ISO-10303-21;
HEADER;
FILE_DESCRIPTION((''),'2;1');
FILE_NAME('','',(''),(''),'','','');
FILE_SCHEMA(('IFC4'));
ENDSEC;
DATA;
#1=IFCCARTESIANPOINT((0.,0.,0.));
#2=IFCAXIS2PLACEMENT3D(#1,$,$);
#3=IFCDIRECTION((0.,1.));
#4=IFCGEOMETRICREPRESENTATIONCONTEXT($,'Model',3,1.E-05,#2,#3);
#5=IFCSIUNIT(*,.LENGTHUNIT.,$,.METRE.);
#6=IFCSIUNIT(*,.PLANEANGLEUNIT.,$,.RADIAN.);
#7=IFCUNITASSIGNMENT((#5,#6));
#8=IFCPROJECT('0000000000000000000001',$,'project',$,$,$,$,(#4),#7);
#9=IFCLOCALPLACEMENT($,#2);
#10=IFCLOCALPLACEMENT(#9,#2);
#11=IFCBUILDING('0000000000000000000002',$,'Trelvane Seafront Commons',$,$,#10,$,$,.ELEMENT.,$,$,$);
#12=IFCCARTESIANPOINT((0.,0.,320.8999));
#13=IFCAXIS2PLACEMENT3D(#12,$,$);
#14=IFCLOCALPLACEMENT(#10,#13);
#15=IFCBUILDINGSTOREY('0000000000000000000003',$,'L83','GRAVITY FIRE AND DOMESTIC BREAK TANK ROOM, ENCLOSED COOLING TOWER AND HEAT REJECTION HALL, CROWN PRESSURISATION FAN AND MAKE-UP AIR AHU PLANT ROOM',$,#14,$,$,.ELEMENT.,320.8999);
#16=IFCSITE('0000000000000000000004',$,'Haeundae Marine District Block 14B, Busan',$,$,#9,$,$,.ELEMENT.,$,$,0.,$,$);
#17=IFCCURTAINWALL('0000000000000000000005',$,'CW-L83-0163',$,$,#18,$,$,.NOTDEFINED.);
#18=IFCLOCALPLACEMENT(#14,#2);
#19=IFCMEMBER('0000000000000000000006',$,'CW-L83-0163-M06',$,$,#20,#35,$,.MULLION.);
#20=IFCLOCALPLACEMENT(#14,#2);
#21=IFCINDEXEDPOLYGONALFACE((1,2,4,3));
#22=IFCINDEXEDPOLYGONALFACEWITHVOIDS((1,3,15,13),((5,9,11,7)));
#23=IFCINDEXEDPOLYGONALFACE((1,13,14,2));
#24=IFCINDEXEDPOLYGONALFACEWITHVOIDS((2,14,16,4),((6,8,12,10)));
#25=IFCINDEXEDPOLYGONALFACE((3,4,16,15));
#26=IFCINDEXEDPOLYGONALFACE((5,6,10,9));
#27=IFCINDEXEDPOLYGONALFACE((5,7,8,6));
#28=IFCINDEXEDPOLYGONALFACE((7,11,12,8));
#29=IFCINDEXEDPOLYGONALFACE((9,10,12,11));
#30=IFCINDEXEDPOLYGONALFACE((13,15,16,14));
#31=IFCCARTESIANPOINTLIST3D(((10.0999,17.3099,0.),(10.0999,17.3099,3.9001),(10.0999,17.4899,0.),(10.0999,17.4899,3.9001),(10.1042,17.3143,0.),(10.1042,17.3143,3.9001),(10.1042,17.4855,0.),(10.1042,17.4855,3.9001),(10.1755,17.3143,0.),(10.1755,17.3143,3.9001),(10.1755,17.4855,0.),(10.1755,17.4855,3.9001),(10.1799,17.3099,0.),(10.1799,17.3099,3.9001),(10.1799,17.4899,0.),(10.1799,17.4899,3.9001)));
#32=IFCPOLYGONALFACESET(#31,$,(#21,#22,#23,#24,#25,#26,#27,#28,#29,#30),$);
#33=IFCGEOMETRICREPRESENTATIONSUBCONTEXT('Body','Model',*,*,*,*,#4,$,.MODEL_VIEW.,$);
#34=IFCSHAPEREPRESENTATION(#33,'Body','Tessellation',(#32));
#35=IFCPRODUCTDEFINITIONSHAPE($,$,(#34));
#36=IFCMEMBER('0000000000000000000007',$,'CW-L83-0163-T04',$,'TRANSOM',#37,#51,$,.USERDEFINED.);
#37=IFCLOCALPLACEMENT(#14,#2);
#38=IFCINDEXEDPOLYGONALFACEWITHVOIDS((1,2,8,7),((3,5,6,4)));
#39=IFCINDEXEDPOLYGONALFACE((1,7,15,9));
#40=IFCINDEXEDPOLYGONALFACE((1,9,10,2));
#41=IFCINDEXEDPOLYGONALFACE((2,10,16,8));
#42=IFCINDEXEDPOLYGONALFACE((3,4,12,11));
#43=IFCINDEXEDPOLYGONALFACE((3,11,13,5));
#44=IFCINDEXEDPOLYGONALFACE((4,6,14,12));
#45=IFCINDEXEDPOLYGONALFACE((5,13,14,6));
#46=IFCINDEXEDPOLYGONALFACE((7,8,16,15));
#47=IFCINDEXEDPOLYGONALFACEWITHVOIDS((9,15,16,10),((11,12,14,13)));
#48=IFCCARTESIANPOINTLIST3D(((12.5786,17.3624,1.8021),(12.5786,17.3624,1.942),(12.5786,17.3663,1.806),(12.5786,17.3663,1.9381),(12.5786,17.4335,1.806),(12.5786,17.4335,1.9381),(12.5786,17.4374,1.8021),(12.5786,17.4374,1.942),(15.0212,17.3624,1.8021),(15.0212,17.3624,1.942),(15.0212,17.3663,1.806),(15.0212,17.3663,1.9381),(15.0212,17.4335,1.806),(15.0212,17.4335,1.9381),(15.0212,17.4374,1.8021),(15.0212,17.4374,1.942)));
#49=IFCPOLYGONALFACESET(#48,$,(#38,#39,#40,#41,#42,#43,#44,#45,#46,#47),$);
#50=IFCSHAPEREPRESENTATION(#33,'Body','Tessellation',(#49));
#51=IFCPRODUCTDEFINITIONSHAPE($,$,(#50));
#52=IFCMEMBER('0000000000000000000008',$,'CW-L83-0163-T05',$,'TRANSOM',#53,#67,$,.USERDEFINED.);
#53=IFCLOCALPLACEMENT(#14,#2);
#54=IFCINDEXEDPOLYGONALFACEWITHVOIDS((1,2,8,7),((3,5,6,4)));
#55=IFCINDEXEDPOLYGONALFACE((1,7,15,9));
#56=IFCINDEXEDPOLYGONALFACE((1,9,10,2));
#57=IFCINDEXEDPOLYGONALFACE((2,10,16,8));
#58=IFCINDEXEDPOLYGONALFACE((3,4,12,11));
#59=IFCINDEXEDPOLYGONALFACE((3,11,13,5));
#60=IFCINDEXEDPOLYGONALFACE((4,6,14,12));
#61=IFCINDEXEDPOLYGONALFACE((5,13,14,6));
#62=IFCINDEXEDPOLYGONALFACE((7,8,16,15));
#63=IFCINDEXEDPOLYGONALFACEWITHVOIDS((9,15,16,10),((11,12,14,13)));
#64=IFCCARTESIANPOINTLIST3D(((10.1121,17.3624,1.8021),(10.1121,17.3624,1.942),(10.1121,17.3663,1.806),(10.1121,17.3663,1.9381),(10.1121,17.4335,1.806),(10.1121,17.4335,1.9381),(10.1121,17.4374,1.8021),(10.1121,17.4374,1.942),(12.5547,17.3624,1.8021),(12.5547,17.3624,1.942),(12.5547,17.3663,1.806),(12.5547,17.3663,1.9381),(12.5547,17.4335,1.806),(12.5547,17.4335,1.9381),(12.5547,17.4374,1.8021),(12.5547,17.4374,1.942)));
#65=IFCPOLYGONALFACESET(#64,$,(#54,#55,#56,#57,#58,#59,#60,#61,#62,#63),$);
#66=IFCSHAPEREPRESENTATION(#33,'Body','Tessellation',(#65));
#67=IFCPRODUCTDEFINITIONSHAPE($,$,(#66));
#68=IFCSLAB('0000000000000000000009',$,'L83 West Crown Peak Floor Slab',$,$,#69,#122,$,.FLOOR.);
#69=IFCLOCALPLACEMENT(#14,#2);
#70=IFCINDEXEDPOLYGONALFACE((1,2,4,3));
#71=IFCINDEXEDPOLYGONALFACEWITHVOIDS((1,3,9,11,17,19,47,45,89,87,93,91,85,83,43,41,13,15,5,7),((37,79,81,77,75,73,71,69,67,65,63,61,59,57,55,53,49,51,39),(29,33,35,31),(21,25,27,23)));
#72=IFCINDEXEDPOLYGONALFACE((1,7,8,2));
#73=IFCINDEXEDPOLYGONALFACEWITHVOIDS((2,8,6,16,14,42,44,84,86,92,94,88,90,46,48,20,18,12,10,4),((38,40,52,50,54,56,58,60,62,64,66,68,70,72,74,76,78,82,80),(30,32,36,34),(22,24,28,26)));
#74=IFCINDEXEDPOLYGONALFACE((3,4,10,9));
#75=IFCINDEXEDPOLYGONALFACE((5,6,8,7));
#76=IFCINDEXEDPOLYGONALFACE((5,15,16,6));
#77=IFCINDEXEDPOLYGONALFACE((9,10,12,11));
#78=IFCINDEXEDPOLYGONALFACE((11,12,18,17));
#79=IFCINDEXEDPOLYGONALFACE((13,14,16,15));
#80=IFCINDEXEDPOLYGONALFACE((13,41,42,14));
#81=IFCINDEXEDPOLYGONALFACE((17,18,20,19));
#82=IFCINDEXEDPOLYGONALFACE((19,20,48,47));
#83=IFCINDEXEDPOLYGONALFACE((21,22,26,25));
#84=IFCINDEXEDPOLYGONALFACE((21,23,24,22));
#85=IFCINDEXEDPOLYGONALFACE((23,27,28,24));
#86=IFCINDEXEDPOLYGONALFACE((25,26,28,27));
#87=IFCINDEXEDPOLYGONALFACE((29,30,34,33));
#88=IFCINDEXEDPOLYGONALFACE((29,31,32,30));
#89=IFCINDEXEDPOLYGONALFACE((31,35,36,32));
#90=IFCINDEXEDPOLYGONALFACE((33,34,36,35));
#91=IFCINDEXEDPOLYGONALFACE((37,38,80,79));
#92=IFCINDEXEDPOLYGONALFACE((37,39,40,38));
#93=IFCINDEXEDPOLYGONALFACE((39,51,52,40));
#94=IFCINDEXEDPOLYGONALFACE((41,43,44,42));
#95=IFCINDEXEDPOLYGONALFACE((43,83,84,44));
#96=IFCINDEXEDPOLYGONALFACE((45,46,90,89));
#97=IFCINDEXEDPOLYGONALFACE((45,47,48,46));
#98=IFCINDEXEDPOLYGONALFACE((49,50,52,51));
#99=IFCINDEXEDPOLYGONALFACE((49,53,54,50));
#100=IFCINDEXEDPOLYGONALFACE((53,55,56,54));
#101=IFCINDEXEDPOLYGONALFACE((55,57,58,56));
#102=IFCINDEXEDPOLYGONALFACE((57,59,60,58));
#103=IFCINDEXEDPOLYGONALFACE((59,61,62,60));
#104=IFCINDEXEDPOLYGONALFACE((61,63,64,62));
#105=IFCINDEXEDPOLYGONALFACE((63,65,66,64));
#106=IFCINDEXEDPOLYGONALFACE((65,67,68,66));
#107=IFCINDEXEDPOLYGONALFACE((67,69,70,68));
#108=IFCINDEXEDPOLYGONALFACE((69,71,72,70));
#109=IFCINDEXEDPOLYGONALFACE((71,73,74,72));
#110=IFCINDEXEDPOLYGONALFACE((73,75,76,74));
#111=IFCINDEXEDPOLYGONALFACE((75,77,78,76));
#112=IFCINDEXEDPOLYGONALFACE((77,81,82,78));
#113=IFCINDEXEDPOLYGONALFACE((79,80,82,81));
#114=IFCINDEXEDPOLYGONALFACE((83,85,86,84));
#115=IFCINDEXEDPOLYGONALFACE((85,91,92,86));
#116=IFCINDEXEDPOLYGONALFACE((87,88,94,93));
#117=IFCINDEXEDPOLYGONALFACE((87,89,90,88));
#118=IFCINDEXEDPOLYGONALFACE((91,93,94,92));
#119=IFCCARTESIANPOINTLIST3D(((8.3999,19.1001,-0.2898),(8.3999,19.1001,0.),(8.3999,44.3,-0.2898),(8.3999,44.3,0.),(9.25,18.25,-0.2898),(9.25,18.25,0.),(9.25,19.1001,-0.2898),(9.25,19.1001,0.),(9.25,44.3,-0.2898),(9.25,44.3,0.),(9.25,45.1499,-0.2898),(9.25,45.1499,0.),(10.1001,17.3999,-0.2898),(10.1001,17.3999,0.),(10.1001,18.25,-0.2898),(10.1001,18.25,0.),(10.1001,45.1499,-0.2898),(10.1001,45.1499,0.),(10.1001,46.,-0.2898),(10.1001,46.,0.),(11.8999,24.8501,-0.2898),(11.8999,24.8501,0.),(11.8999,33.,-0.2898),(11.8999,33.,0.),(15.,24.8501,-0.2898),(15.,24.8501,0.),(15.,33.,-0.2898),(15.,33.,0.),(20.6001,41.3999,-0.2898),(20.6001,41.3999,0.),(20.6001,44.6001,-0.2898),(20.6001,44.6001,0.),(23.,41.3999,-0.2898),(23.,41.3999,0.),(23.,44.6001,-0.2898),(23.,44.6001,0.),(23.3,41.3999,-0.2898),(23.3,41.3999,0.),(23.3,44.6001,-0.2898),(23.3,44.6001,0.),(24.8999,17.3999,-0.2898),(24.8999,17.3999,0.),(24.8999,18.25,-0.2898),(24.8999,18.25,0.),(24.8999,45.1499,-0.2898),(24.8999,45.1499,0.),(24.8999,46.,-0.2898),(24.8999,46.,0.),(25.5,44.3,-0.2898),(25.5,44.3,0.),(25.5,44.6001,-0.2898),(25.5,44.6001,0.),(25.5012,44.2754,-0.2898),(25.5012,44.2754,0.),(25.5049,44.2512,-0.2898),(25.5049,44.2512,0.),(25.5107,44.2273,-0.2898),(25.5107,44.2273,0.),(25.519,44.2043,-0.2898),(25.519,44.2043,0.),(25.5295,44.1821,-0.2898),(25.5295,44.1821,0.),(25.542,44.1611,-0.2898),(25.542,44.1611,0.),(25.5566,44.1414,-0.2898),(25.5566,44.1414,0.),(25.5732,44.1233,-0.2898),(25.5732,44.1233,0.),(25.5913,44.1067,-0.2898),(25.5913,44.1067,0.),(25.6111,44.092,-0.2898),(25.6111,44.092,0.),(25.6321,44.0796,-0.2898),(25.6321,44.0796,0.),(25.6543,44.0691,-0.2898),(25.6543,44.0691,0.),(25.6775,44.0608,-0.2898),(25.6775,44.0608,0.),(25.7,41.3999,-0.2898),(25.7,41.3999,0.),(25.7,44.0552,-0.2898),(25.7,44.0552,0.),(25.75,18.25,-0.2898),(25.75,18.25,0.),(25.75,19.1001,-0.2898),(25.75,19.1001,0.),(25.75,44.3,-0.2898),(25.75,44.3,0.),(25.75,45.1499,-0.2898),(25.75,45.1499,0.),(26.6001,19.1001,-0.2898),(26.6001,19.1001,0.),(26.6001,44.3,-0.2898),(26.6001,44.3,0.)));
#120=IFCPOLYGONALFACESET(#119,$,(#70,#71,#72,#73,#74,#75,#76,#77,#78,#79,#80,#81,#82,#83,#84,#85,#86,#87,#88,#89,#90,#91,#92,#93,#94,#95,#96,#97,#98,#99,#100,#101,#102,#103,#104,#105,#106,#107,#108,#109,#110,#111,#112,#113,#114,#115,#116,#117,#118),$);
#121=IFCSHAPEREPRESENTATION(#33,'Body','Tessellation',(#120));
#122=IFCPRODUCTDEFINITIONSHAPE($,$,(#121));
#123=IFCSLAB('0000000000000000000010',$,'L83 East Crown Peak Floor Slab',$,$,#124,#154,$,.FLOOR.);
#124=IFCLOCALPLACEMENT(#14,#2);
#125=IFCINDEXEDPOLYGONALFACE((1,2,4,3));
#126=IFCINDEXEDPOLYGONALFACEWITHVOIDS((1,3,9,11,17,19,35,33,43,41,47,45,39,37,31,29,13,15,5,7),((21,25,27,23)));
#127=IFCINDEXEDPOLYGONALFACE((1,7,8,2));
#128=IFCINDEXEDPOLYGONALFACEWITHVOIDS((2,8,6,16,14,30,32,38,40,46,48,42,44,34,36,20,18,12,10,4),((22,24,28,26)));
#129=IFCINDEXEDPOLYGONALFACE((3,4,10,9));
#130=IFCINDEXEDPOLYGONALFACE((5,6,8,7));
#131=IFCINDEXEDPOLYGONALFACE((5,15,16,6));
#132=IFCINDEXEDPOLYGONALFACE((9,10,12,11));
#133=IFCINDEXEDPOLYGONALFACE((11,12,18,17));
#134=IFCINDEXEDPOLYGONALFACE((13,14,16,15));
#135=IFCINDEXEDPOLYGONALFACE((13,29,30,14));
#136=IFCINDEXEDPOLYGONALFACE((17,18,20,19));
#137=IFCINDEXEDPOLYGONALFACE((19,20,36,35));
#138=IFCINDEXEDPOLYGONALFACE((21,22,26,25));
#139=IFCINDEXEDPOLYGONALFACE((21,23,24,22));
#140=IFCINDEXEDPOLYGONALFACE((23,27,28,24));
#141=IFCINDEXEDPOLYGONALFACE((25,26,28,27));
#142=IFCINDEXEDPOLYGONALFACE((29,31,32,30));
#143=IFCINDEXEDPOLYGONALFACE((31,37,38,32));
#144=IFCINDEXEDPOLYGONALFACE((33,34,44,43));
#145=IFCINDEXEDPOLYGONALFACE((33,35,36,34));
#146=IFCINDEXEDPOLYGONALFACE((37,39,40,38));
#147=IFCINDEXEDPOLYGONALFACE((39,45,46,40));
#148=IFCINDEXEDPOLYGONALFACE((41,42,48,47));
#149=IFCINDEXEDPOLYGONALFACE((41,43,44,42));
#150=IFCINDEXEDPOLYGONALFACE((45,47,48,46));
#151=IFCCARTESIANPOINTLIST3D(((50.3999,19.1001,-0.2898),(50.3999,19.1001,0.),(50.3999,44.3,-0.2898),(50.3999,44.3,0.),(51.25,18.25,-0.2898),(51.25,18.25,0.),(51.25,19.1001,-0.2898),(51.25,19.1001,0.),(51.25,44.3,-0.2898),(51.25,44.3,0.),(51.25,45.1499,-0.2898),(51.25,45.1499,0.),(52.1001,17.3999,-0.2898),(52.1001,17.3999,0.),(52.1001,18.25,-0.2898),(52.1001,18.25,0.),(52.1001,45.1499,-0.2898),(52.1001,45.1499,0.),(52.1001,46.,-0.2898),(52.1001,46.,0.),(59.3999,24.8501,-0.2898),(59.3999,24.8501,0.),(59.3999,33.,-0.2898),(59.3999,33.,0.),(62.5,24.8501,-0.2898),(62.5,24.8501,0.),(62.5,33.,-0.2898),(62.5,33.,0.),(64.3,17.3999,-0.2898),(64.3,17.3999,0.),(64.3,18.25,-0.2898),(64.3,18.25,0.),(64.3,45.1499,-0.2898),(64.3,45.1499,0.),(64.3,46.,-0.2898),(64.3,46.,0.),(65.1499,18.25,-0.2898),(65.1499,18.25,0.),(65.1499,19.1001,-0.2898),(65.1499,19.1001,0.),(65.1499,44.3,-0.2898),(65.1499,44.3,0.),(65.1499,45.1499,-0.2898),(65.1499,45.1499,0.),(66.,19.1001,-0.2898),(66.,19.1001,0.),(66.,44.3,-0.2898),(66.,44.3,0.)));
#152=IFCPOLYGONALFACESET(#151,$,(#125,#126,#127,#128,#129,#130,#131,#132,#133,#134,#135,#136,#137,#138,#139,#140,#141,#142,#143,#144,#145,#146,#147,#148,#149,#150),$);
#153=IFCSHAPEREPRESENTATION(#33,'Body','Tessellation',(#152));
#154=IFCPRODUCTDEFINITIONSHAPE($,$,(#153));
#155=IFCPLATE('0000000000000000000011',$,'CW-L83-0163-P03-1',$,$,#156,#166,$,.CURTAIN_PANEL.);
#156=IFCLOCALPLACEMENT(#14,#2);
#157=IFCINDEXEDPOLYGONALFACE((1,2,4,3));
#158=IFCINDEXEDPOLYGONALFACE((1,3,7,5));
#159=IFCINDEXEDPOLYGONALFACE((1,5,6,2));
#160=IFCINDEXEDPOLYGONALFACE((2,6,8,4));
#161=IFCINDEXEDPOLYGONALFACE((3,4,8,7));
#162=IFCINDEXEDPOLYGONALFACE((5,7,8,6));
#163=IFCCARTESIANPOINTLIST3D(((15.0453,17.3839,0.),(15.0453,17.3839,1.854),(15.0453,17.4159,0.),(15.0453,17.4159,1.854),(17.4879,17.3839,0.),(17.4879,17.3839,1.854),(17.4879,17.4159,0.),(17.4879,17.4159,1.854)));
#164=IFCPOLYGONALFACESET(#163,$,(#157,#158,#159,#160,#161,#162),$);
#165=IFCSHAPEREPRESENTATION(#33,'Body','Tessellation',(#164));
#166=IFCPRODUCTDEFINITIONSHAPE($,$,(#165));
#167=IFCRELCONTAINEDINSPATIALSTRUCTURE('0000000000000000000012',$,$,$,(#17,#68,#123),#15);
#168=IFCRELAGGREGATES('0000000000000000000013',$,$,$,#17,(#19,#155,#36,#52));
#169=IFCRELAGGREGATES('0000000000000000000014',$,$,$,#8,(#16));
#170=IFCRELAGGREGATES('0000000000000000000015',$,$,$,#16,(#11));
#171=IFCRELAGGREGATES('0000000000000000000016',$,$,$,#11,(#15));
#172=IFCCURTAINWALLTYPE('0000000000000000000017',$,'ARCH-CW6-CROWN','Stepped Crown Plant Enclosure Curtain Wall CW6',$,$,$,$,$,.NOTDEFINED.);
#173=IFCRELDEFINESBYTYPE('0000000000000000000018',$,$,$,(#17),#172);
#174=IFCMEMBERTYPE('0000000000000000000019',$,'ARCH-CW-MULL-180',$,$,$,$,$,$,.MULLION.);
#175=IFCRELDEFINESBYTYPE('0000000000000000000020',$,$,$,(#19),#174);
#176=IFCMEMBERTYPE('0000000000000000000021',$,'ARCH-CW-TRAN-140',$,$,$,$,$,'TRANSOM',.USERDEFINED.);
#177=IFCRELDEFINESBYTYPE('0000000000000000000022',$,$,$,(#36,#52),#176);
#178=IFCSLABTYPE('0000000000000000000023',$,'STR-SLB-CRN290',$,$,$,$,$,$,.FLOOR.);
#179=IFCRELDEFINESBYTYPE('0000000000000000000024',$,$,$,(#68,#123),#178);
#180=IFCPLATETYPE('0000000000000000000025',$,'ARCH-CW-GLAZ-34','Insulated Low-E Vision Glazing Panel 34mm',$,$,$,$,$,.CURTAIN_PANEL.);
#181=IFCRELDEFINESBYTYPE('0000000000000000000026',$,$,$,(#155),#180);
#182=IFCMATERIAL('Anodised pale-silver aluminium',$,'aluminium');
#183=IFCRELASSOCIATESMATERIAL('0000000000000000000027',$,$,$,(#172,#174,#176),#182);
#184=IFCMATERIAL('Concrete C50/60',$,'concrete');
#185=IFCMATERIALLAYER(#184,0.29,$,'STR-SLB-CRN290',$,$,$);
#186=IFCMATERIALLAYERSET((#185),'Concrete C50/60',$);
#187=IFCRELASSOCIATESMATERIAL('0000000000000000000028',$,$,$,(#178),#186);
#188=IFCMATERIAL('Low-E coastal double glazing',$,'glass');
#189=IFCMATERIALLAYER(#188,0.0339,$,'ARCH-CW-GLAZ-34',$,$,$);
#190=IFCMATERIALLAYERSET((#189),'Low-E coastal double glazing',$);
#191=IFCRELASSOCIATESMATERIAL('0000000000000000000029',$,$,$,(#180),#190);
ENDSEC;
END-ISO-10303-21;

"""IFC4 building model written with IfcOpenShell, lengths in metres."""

from ifc_helpers import new_model, si_unit, direction, frame, origin, origin_2d, place, context, subcontext, project, spatial, polyline, rectangle, hollow_rectangle, outline, extrude, source, transform, mapped, material, layer, layer_set, material_profile, profile_set, type_object, element, aggregate, save


model = new_model("IFC4")

# Units and contexts
model_context = context("Model", 3, precision=1e-05, world=origin(), true_north=direction((0.0, 1.0)))
body_context = subcontext(model_context, "Body", "Model", "MODEL_VIEW")
ifc_project = project(units=[si_unit("LENGTHUNIT", "METRE"), si_unit("PLANEANGLEUNIT", "RADIAN")], contexts=[model_context])

# Site, building, storey
site_placement = place(None, origin())
site = spatial("IfcSite", under=ifc_project, at=site_placement, Name="Haeundae Marine District Block 14B, Busan", CompositionType="ELEMENT", RefElevation=0.0)
building_placement = place(site_placement, origin())
building = spatial("IfcBuilding", under=site, at=building_placement, Name="Trelvane Seafront Commons", CompositionType="ELEMENT")
storey_placement = place(building_placement, frame((0.0, 0.0, 320.8999)))
storey = spatial("IfcBuildingStorey", under=building, at=storey_placement, Name="L83", Description="GRAVITY FIRE AND DOMESTIC BREAK TANK ROOM, ENCLOSED COOLING TOWER AND HEAT REJECTION HALL, CROWN PRESSURISATION FAN AND MAKE-UP AIR AHU PLANT ROOM", CompositionType="ELEMENT", Elevation=320.8999)

# Curtain wall, members
ifc_material_1 = material(Name="Anodised pale-silver aluminium", Category="aluminium")
curtain_wall_type = type_object("IfcCurtainWallType", Name="ARCH-CW6-CROWN", Description="Stepped Crown Plant Enclosure Curtain Wall CW6", PredefinedType="NOTDEFINED", material=ifc_material_1)
curtain_wall_placement = place(storey_placement, origin())
curtain_wall = element("IfcCurtainWall", 1, at=curtain_wall_placement, inside=storey, type_object=curtain_wall_type, Name="CW-L83-0163", PredefinedType="NOTDEFINED")
ifc_material_profile_1 = material_profile(ifc_material_1, hollow_rectangle(XDim=0.0801, YDim=0.1799, WallThickness=0.0044, at=origin_2d()), Name="MULL-80x180x4.5")
ifc_profile_set_1 = profile_set([ifc_material_profile_1], Name="Anodised pale-silver aluminium")
member_type_1 = type_object("IfcMemberType", Name="ARCH-CW-MULL-180", PredefinedType="MULLION", material=ifc_profile_set_1)
shared_shape_1 = source(origin(), body_context, "Body", "SweptSolid", [
    extrude(hollow_rectangle(XDim=0.0801, YDim=0.1799, WallThickness=0.0044, at=origin_2d()), origin(), (0.0, 0.0, 1.0), 3.9001),
])
member_1_placement = place(storey_placement, frame((10.1399, 17.3999, 0.0), z_axis=(0.0, 0.0, 1.0), x_axis=(1.0, 0.0, 0.0)))
member_1 = element("IfcMember", 2, at=member_1_placement, type_object=member_type_1, Name="CW-L83-0163-M06", PredefinedType="MULLION", context=body_context, shape_type="MappedRepresentation", body=[
    mapped(shared_shape_1, transform((0.0, 0.0, 0.0), x_axis=(1.0, 0.0, 0.0), y_axis=(0.0, 1.0, 0.0), z_axis=(0.0, 0.0, 1.0), scale=1.0)),
])
ifc_material_profile_2 = material_profile(ifc_material_1, hollow_rectangle(XDim=0.075, YDim=0.1399, WallThickness=0.0039, at=origin_2d()), Name="TRAN-75x140x4")
ifc_profile_set_2 = profile_set([ifc_material_profile_2], Name="Anodised pale-silver aluminium")
member_type_2 = type_object("IfcMemberType", Name="ARCH-CW-TRAN-140", ElementType="TRANSOM", PredefinedType="USERDEFINED", material=ifc_profile_set_2)
shared_shape_2 = source(origin(), body_context, "Body", "SweptSolid", [
    extrude(hollow_rectangle(XDim=0.075, YDim=0.1399, WallThickness=0.0039, at=origin_2d()), origin(), (0.0, 0.0, 1.0), 2.4426),
])
member_2_placement = place(storey_placement, frame((15.0212, 17.3999, 1.8721), z_axis=(-1.0, 0.0, 0.0), x_axis=(0.0, -1.0, 0.0)))
member_2 = element("IfcMember", 3, at=member_2_placement, type_object=member_type_2, Name="CW-L83-0163-T04", ObjectType="TRANSOM", PredefinedType="USERDEFINED", context=body_context, shape_type="MappedRepresentation", body=[
    mapped(shared_shape_2, transform((0.0, 0.0, 0.0), x_axis=(1.0, 0.0, 0.0), y_axis=(0.0, 1.0, 0.0), z_axis=(0.0, 0.0, 1.0), scale=1.0)),
])
member_3_placement = place(storey_placement, frame((12.5547, 17.3999, 1.8721), z_axis=(-1.0, 0.0, 0.0), x_axis=(0.0, -1.0, 0.0)))
member_3 = element("IfcMember", 4, at=member_3_placement, type_object=member_type_2, Name="CW-L83-0163-T05", ObjectType="TRANSOM", PredefinedType="USERDEFINED", context=body_context, shape_type="MappedRepresentation", body=[
    mapped(shared_shape_2, transform((0.0, 0.0, 0.0), x_axis=(1.0, 0.0, 0.0), y_axis=(0.0, 1.0, 0.0), z_axis=(0.0, 0.0, 1.0), scale=1.0)),
])

# Slabs
ifc_material_2 = material(Name="Concrete C50/60", Category="concrete")
ifc_layer_1 = layer(ifc_material_2, 0.29, Name="STR-SLB-CRN290")
ifc_layer_set_1 = layer_set([ifc_layer_1], Name="Concrete C50/60")
slab_type = type_object("IfcSlabType", Name="STR-SLB-CRN290", PredefinedType="FLOOR", material=ifc_layer_set_1)
slab_1_placement = place(storey_placement, frame((0.0, 0.0, -0.2898)))
element("IfcSlab", 5, at=slab_1_placement, inside=storey, type_object=slab_type, Name="L83 West Crown Peak Floor Slab", PredefinedType="FLOOR", context=body_context, shape_type="SweptSolid", body=[
    extrude(outline(polyline([(10.1001, 17.3999), (24.8999, 17.3999), (24.8999, 18.25), (25.75, 18.25), (25.75, 19.1001), (26.6001, 19.1001), (26.6001, 44.3), (25.75, 44.3), (25.75, 45.1499), (24.8999, 45.1499), (24.8999, 46.0), (10.1001, 46.0), (10.1001, 45.1499), (9.25, 45.1499), (9.25, 44.3), (8.3999, 44.3), (8.3999, 19.1001), (9.25, 19.1001), (9.25, 18.25), (10.1001, 18.25), (10.1001, 17.3999)]), holes=[polyline([(15.0, 33.0), (15.0, 24.8501), (11.8999, 24.8501), (11.8999, 33.0), (15.0, 33.0)]), polyline([(23.0, 44.6001), (23.0, 41.3999), (20.6001, 41.3999), (20.6001, 44.6001), (23.0, 44.6001)]), polyline([(25.5, 44.6001), (25.5, 44.3), (25.5012, 44.2754), (25.5049, 44.2512), (25.5107, 44.2273), (25.519, 44.2043), (25.5295, 44.1821), (25.542, 44.1611), (25.5566, 44.1414), (25.5732, 44.1233), (25.5913, 44.1067), (25.6111, 44.092), (25.6321, 44.0796), (25.6543, 44.0691), (25.6775, 44.0608), (25.7, 44.0552), (25.7, 41.3999), (23.3, 41.3999), (23.3, 44.6001), (25.5, 44.6001)])]), origin(), (0.0, 0.0, 1.0), 0.2898),
])
slab_2_placement = place(storey_placement, frame((0.0, 0.0, -0.2898)))
element("IfcSlab", 6, at=slab_2_placement, inside=storey, type_object=slab_type, Name="L83 East Crown Peak Floor Slab", PredefinedType="FLOOR", context=body_context, shape_type="SweptSolid", body=[
    extrude(outline(polyline([(52.1001, 17.3999), (64.3, 17.3999), (64.3, 18.25), (65.1499, 18.25), (65.1499, 19.1001), (66.0, 19.1001), (66.0, 44.3), (65.1499, 44.3), (65.1499, 45.1499), (64.3, 45.1499), (64.3, 46.0), (52.1001, 46.0), (52.1001, 45.1499), (51.25, 45.1499), (51.25, 44.3), (50.3999, 44.3), (50.3999, 19.1001), (51.25, 19.1001), (51.25, 18.25), (52.1001, 18.25), (52.1001, 17.3999)]), holes=[polyline([(62.5, 33.0), (62.5, 24.8501), (59.3999, 24.8501), (59.3999, 33.0), (62.5, 33.0)])]), origin(), (0.0, 0.0, 1.0), 0.2898),
])

# Plate
ifc_material_3 = material(Name="Low-E coastal double glazing", Category="glass")
ifc_layer_2 = layer(ifc_material_3, 0.0339, Name="ARCH-CW-GLAZ-34")
ifc_layer_set_2 = layer_set([ifc_layer_2], Name="Low-E coastal double glazing")
plate_type = type_object("IfcPlateType", Name="ARCH-CW-GLAZ-34", Description="Insulated Low-E Vision Glazing Panel 34mm", PredefinedType="CURTAIN_PANEL", material=ifc_layer_set_2)
shared_shape_3 = source(origin(), body_context, "Body", "SweptSolid", [
    extrude(rectangle(XDim=2.4426, YDim=0.032, at=origin_2d()), origin(), (0.0, 0.0, 1.0), 1.854),
])
plate_1_placement = place(storey_placement, frame((16.2666, 17.3999, 0.0), z_axis=(0.0, 0.0, 1.0), x_axis=(-1.0, 0.0, 0.0)))
plate_1 = element("IfcPlate", 7, at=plate_1_placement, type_object=plate_type, Name="CW-L83-0163-P03-1", PredefinedType="CURTAIN_PANEL", context=body_context, shape_type="MappedRepresentation", body=[
    mapped(shared_shape_3, transform((0.0, 0.0, 0.0), x_axis=(1.0, 0.0, 0.0), y_axis=(0.0, 1.0, 0.0), z_axis=(0.0, 0.0, 1.0), scale=1.0)),
])
aggregate(curtain_wall, [member_1, plate_1, member_2, member_3])

save(model, "model.ifc")
